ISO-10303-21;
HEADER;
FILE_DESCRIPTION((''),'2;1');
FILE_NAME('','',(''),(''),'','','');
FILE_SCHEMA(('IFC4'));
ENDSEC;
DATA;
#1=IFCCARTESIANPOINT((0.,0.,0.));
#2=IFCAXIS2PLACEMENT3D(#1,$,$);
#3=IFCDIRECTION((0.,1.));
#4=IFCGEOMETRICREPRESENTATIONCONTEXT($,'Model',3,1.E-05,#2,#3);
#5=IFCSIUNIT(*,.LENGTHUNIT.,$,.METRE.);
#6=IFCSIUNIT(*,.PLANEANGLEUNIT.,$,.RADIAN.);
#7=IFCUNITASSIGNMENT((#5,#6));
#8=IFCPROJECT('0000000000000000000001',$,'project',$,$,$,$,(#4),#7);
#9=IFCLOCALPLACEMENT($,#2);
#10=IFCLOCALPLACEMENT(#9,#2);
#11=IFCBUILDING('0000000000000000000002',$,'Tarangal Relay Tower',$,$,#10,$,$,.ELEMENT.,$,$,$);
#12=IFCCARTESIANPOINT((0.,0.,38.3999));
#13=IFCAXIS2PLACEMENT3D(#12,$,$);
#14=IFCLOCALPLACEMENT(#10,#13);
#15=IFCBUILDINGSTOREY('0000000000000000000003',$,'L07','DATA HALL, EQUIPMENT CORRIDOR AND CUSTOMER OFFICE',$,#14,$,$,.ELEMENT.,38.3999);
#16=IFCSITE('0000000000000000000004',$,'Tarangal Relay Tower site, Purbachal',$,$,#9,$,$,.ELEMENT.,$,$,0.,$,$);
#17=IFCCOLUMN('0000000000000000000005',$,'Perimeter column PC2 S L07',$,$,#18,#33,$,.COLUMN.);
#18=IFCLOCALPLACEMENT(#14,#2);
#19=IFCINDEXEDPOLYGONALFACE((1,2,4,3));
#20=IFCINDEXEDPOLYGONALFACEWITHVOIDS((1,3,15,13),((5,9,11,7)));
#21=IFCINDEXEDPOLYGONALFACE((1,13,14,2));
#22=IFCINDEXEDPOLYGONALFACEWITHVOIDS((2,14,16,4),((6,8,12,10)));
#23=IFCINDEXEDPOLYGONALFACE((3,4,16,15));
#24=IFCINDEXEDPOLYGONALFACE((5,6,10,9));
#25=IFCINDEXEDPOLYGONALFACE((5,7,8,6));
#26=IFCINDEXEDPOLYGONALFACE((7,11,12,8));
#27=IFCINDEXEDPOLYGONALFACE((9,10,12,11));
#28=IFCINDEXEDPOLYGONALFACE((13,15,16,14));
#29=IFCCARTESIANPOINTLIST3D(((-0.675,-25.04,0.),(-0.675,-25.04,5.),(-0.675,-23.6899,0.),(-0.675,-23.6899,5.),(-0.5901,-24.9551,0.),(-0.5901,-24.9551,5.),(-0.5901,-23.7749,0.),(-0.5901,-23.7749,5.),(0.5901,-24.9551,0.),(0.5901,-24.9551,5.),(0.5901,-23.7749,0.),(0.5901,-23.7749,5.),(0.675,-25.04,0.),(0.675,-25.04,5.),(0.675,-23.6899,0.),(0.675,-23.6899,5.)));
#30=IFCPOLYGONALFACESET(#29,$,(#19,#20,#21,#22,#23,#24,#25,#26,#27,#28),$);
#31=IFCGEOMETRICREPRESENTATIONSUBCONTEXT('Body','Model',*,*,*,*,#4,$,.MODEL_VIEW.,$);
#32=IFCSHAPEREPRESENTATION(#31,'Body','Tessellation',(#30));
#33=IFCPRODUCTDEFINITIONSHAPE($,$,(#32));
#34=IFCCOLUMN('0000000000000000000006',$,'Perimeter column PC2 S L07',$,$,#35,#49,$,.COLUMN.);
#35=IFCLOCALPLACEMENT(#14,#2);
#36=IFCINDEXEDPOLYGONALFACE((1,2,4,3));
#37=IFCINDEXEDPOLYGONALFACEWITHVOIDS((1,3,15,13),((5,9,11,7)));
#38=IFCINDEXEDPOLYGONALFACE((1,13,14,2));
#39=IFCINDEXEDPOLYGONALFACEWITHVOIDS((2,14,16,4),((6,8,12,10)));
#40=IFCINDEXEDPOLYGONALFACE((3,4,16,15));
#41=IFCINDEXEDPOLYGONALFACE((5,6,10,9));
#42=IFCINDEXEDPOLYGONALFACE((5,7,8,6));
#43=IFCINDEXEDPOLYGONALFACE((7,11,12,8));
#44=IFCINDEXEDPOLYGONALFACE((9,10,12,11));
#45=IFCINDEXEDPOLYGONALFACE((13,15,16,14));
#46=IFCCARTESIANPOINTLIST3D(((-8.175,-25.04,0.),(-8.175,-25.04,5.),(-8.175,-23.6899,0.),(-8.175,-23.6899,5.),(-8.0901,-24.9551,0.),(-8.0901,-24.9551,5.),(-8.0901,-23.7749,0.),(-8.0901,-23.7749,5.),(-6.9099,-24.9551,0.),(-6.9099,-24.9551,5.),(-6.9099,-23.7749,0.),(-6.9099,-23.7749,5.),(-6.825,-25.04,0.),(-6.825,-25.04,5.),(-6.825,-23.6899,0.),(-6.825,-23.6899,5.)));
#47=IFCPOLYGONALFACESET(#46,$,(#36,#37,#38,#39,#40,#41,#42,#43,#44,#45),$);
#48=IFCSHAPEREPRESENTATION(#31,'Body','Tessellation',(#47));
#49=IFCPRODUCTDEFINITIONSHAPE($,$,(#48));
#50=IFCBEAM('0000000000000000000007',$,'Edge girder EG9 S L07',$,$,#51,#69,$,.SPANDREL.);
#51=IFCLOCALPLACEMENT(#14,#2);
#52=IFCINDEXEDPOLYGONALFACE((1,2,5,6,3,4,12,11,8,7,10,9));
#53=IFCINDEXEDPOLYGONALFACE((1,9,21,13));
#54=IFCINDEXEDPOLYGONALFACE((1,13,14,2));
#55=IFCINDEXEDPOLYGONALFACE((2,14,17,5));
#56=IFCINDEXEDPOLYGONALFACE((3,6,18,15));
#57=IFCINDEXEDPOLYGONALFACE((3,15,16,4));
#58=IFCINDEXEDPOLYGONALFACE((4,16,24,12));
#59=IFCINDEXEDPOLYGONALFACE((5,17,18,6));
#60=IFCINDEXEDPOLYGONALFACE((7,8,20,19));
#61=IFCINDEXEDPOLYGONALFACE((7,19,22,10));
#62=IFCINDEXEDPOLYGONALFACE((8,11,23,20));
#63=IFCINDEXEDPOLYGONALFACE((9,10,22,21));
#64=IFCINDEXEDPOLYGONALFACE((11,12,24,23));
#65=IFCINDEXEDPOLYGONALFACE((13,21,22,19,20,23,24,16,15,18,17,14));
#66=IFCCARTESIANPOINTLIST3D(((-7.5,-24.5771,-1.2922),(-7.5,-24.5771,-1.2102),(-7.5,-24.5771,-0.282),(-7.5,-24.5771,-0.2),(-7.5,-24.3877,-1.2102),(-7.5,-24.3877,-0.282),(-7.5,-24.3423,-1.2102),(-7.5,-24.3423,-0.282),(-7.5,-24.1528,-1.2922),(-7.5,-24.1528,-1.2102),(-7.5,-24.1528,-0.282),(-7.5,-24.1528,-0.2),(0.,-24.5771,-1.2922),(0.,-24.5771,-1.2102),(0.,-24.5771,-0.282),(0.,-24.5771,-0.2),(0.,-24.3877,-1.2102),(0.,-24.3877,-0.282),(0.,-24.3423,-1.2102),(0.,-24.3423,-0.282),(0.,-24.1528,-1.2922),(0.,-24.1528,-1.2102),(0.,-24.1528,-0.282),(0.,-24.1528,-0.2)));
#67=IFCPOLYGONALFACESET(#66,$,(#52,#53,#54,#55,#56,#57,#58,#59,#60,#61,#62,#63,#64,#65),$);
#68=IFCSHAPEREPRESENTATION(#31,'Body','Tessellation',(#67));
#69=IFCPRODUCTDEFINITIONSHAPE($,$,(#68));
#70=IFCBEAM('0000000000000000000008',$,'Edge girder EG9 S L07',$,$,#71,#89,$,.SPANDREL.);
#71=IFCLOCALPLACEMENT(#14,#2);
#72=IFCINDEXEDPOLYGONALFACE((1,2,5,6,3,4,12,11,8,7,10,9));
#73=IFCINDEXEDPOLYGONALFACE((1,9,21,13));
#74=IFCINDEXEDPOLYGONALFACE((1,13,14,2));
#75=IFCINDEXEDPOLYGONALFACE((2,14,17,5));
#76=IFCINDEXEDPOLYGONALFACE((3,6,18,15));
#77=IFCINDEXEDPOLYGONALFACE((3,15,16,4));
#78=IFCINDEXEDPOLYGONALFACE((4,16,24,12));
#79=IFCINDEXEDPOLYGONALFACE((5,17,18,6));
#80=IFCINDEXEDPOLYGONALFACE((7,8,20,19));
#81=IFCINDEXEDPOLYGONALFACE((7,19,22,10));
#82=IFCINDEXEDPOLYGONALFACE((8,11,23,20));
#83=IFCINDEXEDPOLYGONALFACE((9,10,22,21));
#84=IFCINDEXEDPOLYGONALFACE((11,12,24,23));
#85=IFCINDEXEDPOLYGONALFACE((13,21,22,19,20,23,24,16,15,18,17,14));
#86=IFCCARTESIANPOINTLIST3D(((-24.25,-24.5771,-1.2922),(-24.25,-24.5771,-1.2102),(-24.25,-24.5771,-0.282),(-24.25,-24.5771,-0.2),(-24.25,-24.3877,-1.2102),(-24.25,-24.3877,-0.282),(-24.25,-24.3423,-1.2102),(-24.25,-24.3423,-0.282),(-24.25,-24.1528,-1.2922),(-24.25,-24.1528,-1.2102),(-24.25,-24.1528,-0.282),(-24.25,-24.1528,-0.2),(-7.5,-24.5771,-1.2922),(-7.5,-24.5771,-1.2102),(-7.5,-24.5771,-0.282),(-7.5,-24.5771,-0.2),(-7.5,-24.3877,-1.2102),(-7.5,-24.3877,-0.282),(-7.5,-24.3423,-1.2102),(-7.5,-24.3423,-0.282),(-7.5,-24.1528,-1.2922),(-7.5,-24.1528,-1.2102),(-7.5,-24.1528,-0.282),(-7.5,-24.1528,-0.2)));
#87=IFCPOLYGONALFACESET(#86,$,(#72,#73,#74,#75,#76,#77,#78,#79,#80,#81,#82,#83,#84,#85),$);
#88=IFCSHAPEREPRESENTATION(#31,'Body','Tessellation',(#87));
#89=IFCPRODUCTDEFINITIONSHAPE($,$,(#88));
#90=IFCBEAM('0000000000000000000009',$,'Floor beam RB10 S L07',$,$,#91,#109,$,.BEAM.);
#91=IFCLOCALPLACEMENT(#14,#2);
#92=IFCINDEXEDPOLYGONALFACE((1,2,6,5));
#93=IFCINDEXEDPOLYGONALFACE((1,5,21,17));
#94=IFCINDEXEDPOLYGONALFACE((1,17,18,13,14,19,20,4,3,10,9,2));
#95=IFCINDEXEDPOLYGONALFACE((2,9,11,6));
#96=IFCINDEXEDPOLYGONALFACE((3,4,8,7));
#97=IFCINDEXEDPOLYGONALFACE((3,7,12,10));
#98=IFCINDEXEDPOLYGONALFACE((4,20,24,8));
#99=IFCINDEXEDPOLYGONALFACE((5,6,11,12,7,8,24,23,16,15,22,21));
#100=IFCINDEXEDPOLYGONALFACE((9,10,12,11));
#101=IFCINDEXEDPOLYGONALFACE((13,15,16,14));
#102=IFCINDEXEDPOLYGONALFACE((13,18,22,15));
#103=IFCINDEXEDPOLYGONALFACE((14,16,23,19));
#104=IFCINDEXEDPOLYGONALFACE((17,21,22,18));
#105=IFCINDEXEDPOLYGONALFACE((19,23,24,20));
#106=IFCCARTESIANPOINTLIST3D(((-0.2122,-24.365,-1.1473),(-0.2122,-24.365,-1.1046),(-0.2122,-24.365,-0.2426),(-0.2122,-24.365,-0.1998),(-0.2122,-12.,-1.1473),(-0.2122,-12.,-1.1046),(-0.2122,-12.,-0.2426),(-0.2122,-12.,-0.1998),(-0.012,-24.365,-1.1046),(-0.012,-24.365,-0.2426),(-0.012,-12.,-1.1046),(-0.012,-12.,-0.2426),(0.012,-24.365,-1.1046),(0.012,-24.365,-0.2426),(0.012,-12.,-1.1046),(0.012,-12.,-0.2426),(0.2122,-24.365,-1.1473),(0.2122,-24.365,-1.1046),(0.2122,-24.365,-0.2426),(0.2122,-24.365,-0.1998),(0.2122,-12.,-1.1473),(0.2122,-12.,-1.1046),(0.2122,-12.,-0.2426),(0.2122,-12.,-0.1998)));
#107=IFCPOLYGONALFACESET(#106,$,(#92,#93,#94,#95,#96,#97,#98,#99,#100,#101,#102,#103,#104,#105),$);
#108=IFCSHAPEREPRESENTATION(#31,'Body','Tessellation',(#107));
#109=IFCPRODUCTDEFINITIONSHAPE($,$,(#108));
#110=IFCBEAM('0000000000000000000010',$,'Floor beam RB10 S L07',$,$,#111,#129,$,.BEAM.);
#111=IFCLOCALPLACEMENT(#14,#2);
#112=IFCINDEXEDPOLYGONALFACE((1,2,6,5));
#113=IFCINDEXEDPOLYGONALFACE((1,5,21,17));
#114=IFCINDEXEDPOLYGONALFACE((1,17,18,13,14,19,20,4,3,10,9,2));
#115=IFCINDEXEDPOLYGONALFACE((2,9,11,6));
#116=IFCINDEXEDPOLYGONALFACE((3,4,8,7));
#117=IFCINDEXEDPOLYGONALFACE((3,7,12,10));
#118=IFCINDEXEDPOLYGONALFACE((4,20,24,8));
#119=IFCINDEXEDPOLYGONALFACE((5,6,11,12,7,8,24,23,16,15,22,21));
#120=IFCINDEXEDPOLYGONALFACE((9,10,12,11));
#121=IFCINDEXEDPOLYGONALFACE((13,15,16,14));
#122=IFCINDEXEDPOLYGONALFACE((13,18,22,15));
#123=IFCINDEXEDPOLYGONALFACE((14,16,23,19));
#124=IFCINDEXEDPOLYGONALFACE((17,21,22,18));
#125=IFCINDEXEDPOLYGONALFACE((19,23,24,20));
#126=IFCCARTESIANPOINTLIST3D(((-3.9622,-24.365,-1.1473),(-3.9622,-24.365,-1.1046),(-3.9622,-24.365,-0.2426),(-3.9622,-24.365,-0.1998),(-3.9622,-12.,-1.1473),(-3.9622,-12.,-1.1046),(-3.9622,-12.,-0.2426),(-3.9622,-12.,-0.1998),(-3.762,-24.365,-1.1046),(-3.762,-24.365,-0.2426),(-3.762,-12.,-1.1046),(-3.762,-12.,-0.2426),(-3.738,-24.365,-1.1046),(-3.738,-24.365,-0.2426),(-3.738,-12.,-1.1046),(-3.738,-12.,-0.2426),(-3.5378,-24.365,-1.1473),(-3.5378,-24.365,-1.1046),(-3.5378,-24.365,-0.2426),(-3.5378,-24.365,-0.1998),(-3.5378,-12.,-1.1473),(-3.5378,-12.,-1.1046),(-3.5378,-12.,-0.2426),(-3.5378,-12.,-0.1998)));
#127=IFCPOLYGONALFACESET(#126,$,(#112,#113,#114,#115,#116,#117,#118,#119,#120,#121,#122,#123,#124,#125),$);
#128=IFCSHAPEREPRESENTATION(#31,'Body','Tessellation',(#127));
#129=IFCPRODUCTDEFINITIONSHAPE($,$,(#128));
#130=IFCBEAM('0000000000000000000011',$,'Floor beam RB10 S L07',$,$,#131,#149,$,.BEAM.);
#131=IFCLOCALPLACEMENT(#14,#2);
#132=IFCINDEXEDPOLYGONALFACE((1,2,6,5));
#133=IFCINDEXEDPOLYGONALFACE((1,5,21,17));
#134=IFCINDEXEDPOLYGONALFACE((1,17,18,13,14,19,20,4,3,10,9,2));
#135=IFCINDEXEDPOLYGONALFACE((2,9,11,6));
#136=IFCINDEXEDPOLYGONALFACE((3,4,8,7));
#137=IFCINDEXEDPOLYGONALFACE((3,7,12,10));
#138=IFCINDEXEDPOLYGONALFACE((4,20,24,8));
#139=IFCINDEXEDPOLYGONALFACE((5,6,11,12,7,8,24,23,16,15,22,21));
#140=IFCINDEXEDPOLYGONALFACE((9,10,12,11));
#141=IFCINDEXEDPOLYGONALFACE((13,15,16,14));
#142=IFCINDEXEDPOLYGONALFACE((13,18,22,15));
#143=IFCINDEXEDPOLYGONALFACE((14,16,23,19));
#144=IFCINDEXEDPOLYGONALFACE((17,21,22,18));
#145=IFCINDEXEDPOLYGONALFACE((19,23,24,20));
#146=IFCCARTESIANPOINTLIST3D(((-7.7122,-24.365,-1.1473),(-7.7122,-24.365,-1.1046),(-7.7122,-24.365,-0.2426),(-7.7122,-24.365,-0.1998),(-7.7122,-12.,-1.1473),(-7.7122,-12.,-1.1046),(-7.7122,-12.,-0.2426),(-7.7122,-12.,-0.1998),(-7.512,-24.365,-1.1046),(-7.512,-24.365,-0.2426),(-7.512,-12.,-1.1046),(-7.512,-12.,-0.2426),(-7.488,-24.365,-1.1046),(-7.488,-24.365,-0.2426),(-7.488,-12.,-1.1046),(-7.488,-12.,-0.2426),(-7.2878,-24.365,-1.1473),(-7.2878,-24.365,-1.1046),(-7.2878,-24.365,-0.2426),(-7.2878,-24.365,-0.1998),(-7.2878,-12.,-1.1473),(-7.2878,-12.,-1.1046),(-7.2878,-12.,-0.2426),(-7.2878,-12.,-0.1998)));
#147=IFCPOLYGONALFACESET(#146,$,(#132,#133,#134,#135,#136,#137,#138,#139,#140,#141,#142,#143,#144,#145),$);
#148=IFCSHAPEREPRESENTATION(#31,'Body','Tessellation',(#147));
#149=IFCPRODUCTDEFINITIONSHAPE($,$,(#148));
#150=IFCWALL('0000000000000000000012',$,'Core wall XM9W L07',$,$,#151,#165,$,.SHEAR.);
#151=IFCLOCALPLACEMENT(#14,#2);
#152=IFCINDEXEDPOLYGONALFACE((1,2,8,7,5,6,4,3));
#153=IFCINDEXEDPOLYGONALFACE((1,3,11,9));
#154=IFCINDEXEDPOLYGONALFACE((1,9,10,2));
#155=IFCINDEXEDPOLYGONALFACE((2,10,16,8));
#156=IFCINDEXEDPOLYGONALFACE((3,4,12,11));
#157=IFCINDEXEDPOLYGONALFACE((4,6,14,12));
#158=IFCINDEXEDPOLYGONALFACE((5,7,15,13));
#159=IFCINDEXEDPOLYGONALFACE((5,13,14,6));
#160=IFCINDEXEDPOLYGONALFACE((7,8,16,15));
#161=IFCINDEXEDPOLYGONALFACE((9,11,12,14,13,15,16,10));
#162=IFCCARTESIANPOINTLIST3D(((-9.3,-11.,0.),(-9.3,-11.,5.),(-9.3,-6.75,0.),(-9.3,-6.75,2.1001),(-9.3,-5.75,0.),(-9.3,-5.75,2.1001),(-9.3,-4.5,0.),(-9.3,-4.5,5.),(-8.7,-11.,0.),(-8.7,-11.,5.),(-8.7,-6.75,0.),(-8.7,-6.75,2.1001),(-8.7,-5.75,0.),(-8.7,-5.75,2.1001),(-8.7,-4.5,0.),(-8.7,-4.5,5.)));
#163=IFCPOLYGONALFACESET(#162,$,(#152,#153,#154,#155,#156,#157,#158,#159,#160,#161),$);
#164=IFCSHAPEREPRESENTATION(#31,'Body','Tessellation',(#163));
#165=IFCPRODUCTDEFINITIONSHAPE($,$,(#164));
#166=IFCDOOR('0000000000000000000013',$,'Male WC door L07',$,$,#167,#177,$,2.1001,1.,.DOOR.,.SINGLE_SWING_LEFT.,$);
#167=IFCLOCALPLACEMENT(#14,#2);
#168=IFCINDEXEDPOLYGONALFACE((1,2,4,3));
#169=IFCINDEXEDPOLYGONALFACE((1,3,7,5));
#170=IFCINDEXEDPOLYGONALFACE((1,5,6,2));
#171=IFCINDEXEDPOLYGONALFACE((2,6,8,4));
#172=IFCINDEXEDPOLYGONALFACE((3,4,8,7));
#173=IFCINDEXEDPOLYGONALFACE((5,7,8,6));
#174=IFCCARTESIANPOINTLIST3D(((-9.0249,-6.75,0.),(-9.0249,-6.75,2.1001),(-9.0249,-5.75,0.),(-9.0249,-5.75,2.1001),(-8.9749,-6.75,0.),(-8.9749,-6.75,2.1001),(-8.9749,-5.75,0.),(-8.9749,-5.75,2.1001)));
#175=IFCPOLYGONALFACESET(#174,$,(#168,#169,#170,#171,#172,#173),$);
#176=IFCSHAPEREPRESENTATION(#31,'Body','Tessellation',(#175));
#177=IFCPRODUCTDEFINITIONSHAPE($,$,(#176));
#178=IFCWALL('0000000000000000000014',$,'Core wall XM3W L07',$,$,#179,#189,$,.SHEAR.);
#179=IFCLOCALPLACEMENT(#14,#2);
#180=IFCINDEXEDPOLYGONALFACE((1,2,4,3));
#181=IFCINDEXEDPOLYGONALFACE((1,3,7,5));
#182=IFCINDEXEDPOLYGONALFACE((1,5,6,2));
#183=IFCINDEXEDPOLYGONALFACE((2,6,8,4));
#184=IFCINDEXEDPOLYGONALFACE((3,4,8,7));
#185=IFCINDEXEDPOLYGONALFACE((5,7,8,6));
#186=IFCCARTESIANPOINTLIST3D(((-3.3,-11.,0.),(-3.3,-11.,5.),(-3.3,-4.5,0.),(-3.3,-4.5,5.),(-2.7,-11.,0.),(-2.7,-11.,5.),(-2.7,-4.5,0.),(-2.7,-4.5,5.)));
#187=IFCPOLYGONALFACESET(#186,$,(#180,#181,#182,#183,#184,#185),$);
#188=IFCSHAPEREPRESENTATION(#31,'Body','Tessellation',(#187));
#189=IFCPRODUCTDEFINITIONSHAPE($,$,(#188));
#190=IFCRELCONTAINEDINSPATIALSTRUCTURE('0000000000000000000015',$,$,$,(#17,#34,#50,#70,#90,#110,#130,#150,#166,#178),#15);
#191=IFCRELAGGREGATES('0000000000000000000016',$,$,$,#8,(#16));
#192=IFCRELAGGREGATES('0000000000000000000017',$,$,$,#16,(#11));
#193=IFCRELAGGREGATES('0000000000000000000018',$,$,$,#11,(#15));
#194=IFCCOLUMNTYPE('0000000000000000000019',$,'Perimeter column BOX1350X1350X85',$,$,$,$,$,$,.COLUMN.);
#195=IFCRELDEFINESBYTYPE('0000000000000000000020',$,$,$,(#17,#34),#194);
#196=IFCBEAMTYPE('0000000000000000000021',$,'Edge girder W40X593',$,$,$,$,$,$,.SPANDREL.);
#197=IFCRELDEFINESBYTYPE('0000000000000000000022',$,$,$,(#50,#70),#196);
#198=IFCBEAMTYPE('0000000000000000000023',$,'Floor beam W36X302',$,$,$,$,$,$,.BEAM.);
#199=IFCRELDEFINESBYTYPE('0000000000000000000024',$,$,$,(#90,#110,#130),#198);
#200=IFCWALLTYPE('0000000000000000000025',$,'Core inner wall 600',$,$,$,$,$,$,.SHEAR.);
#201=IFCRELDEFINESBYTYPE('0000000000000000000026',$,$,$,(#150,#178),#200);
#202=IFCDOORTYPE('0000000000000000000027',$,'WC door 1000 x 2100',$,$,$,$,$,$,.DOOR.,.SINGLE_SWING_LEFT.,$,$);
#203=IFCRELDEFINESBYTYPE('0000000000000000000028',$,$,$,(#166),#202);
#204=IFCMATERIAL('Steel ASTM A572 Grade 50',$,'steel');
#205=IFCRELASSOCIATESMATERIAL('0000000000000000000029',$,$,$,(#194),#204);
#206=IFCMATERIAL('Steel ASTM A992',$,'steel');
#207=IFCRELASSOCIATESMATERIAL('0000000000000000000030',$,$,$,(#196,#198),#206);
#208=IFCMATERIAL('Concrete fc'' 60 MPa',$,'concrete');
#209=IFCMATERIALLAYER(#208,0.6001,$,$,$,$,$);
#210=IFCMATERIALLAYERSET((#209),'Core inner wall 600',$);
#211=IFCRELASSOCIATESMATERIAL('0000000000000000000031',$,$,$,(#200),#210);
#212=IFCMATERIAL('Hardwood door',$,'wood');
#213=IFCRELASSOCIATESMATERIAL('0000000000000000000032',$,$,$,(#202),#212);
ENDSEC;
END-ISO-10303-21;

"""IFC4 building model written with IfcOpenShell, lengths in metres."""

from ifc_helpers import new_model, si_unit, direction, frame, frame_2d, origin, origin_2d, place, context, subcontext, project, spatial, rectangle, hollow_rectangle, i_section, extrude, material, layer, layer_set, material_profile, profile_set, type_object, element, fill, save


model = new_model("IFC4")

# Units and contexts
model_context = context("Model", 3, precision=1e-05, world=origin(), true_north=direction((0.0, 1.0)))
body_context = subcontext(model_context, "Body", "Model", "MODEL_VIEW")
ifc_project = project(units=[si_unit("LENGTHUNIT", "METRE"), si_unit("PLANEANGLEUNIT", "RADIAN")], contexts=[model_context])

# Site, building, storey
site_placement = place(None, origin())
site = spatial("IfcSite", under=ifc_project, at=site_placement, Name="Tarangal Relay Tower site, Purbachal", CompositionType="ELEMENT", RefElevation=0.0)
building_placement = place(site_placement, origin())
building = spatial("IfcBuilding", under=site, at=building_placement, Name="Tarangal Relay Tower", CompositionType="ELEMENT")
storey_placement = place(building_placement, frame((0.0, 0.0, 38.3999)))
storey = spatial("IfcBuildingStorey", under=building, at=storey_placement, Name="L07", Description="DATA HALL, EQUIPMENT CORRIDOR AND CUSTOMER OFFICE", CompositionType="ELEMENT", Elevation=38.3999)

# Columns
ifc_material_1 = material(Name="Steel ASTM A572 Grade 50", Category="steel")
ifc_material_profile_1 = material_profile(ifc_material_1, hollow_rectangle(XDim=1.3501, YDim=1.3501, WallThickness=0.085, at=origin_2d()), Name="BOX1350X1350X85")
ifc_profile_set_1 = profile_set([ifc_material_profile_1], Name="Steel ASTM A572 Grade 50")
column_type = type_object("IfcColumnType", Name="Perimeter column BOX1350X1350X85", PredefinedType="COLUMN", material=ifc_profile_set_1)
for number, where, z_axis, x_axis, name in (
    (1, (0.0, -24.365, 0.0), (0.0, 0.0, 1.0), (1.0, 0.0, 0.0), "Perimeter column PC2 S L07"),
    (2, (-7.5, -24.365, 0.0), (0.0, 0.0, 1.0), (1.0, 0.0, 0.0), "Perimeter column PC2 S L07"),
):
    element("IfcColumn", number, at=place(storey_placement, frame(where, z_axis=z_axis, x_axis=x_axis)), inside=storey, type_object=column_type, Name=name, PredefinedType="COLUMN", context=body_context, shape_type="SweptSolid", body=[
        extrude(hollow_rectangle(XDim=1.3501, YDim=1.3501, WallThickness=0.085, at=origin_2d()), origin(), (0.0, 0.0, 1.0), 5.0),
    ])

# Beams
ifc_material_2 = material(Name="Steel ASTM A992", Category="steel")
ifc_material_profile_2 = material_profile(ifc_material_2, i_section(OverallWidth=0.4243, OverallDepth=1.0923, WebThickness=0.0454, FlangeThickness=0.082, at=origin_2d()), Name="W40X593")
ifc_profile_set_2 = profile_set([ifc_material_profile_2], Name="Steel ASTM A992")
beam_type_1 = type_object("IfcBeamType", Name="Edge girder W40X593", PredefinedType="SPANDREL", material=ifc_profile_set_2)
beam_1_placement = place(storey_placement, frame((0.0, -24.365, -0.7461), z_axis=(-1.0, 0.0, 0.0), x_axis=(0.0, -1.0, 0.0)))
element("IfcBeam", 3, at=beam_1_placement, inside=storey, type_object=beam_type_1, Name="Edge girder EG9 S L07", PredefinedType="SPANDREL", context=body_context, shape_type="SweptSolid", body=[
    extrude(i_section(OverallWidth=0.4243, OverallDepth=1.0923, WebThickness=0.0454, FlangeThickness=0.082, at=origin_2d()), origin(), (0.0, 0.0, 1.0), 7.5),
])
beam_2_placement = place(storey_placement, frame((-7.5, -24.365, -0.7461), z_axis=(-1.0, 0.0, 0.0), x_axis=(0.0, -1.0, 0.0)))
element("IfcBeam", 4, at=beam_2_placement, inside=storey, type_object=beam_type_1, Name="Edge girder EG9 S L07", PredefinedType="SPANDREL", context=body_context, shape_type="SweptSolid", body=[
    extrude(i_section(OverallWidth=0.4243, OverallDepth=1.0923, WebThickness=0.0454, FlangeThickness=0.082, at=origin_2d()), origin(), (0.0, 0.0, 1.0), 16.75),
])
ifc_material_profile_3 = material_profile(ifc_material_2, i_section(OverallWidth=0.4243, OverallDepth=0.9475, WebThickness=0.0239, FlangeThickness=0.0427, at=origin_2d()), Name="W36X302")
ifc_profile_set_3 = profile_set([ifc_material_profile_3], Name="Steel ASTM A992")
beam_type_2 = type_object("IfcBeamType", Name="Floor beam W36X302", PredefinedType="BEAM", material=ifc_profile_set_3)
for number, where, z_axis, x_axis, name in (
    (5, (0.0, -12.0, -0.6736), (0.0, -1.0, 0.0), (1.0, 0.0, 0.0), "Floor beam RB10 S L07"),
    (6, (-3.75, -12.0, -0.6736), (0.0, -1.0, 0.0), (1.0, 0.0, 0.0), "Floor beam RB10 S L07"),
    (7, (-7.5, -12.0, -0.6736), (0.0, -1.0, 0.0), (1.0, 0.0, 0.0), "Floor beam RB10 S L07"),
):
    element("IfcBeam", number, at=place(storey_placement, frame(where, z_axis=z_axis, x_axis=x_axis)), inside=storey, type_object=beam_type_2, Name=name, PredefinedType="BEAM", context=body_context, shape_type="SweptSolid", body=[
        extrude(i_section(OverallWidth=0.4243, OverallDepth=0.9475, WebThickness=0.0239, FlangeThickness=0.0427, at=origin_2d()), origin(), (0.0, 0.0, 1.0), 12.365),
    ])

# Wall, opening, door
ifc_material_3 = material(Name="Concrete fc' 60 MPa", Category="concrete")
ifc_layer_1 = layer(ifc_material_3, 0.6001)
ifc_layer_set_1 = layer_set([ifc_layer_1], Name="Core inner wall 600")
wall_type_1 = type_object("IfcWallType", Name="Core inner wall 600", PredefinedType="SHEAR", material=ifc_layer_set_1)
wall_1_placement = place(storey_placement, frame((-9.0, -11.0, 0.0), z_axis=(0.0, 0.0, 1.0), x_axis=(0.0, 1.0, 0.0)))
wall_1 = element("IfcWall", 8, at=wall_1_placement, inside=storey, type_object=wall_type_1, Name="Core wall XM9W L07", PredefinedType="SHEAR", context=body_context, shape_type="SweptSolid", body=[
    extrude(rectangle(XDim=6.5, YDim=0.6001, at=frame_2d((3.25, 0.0))), origin(), (0.0, 0.0, 1.0), 5.0),
])
opening_1_placement = place(wall_1_placement, frame((4.25, 0.0, 0.0)))
opening_1 = element("IfcOpeningElement", 9, at=opening_1_placement, cuts=wall_1, PredefinedType="OPENING", context=body_context, shape_type="SweptSolid", body=[
    extrude(rectangle(XDim=1.0, YDim=2.1001, at=frame_2d((0.5, 1.05))), frame((0.0, 0.3101, 0.0), z_axis=(0.0, -1.0, 0.0), x_axis=(1.0, 0.0, 0.0)), (0.0, 0.0, 1.0), 0.6201),
])
ifc_material_4 = material(Name="Hardwood door", Category="wood")
door_type = type_object("IfcDoorType", Name="WC door 1000 x 2100", OperationType="SINGLE_SWING_LEFT", PredefinedType="DOOR", material=ifc_material_4)
door_1_placement = place(opening_1_placement, origin())
door_1 = element("IfcDoor", 10, at=door_1_placement, inside=storey, type_object=door_type, Name="Male WC door L07", OperationType="SINGLE_SWING_LEFT", OverallHeight=2.1001, OverallWidth=1.0, PredefinedType="DOOR", context=body_context, shape_type="SweptSolid", body=[
    extrude(rectangle(XDim=1.0, YDim=2.1001, at=frame_2d((0.5, 1.05))), frame((0.0, 0.0249, 0.0), z_axis=(0.0, -1.0, 0.0), x_axis=(1.0, 0.0, 0.0)), (0.0, 0.0, 1.0), 0.05),
])
fill(opening_1, door_1)

# Wall
wall_2_placement = place(storey_placement, frame((-3.0, -11.0, 0.0), z_axis=(0.0, 0.0, 1.0), x_axis=(0.0, 1.0, 0.0)))
element("IfcWall", 11, at=wall_2_placement, inside=storey, type_object=wall_type_1, Name="Core wall XM3W L07", PredefinedType="SHEAR", context=body_context, shape_type="SweptSolid", body=[
    extrude(rectangle(XDim=6.5, YDim=0.6001, at=frame_2d((3.25, 0.0))), origin(), (0.0, 0.0, 1.0), 5.0),
])

save(model, "model.ifc")
